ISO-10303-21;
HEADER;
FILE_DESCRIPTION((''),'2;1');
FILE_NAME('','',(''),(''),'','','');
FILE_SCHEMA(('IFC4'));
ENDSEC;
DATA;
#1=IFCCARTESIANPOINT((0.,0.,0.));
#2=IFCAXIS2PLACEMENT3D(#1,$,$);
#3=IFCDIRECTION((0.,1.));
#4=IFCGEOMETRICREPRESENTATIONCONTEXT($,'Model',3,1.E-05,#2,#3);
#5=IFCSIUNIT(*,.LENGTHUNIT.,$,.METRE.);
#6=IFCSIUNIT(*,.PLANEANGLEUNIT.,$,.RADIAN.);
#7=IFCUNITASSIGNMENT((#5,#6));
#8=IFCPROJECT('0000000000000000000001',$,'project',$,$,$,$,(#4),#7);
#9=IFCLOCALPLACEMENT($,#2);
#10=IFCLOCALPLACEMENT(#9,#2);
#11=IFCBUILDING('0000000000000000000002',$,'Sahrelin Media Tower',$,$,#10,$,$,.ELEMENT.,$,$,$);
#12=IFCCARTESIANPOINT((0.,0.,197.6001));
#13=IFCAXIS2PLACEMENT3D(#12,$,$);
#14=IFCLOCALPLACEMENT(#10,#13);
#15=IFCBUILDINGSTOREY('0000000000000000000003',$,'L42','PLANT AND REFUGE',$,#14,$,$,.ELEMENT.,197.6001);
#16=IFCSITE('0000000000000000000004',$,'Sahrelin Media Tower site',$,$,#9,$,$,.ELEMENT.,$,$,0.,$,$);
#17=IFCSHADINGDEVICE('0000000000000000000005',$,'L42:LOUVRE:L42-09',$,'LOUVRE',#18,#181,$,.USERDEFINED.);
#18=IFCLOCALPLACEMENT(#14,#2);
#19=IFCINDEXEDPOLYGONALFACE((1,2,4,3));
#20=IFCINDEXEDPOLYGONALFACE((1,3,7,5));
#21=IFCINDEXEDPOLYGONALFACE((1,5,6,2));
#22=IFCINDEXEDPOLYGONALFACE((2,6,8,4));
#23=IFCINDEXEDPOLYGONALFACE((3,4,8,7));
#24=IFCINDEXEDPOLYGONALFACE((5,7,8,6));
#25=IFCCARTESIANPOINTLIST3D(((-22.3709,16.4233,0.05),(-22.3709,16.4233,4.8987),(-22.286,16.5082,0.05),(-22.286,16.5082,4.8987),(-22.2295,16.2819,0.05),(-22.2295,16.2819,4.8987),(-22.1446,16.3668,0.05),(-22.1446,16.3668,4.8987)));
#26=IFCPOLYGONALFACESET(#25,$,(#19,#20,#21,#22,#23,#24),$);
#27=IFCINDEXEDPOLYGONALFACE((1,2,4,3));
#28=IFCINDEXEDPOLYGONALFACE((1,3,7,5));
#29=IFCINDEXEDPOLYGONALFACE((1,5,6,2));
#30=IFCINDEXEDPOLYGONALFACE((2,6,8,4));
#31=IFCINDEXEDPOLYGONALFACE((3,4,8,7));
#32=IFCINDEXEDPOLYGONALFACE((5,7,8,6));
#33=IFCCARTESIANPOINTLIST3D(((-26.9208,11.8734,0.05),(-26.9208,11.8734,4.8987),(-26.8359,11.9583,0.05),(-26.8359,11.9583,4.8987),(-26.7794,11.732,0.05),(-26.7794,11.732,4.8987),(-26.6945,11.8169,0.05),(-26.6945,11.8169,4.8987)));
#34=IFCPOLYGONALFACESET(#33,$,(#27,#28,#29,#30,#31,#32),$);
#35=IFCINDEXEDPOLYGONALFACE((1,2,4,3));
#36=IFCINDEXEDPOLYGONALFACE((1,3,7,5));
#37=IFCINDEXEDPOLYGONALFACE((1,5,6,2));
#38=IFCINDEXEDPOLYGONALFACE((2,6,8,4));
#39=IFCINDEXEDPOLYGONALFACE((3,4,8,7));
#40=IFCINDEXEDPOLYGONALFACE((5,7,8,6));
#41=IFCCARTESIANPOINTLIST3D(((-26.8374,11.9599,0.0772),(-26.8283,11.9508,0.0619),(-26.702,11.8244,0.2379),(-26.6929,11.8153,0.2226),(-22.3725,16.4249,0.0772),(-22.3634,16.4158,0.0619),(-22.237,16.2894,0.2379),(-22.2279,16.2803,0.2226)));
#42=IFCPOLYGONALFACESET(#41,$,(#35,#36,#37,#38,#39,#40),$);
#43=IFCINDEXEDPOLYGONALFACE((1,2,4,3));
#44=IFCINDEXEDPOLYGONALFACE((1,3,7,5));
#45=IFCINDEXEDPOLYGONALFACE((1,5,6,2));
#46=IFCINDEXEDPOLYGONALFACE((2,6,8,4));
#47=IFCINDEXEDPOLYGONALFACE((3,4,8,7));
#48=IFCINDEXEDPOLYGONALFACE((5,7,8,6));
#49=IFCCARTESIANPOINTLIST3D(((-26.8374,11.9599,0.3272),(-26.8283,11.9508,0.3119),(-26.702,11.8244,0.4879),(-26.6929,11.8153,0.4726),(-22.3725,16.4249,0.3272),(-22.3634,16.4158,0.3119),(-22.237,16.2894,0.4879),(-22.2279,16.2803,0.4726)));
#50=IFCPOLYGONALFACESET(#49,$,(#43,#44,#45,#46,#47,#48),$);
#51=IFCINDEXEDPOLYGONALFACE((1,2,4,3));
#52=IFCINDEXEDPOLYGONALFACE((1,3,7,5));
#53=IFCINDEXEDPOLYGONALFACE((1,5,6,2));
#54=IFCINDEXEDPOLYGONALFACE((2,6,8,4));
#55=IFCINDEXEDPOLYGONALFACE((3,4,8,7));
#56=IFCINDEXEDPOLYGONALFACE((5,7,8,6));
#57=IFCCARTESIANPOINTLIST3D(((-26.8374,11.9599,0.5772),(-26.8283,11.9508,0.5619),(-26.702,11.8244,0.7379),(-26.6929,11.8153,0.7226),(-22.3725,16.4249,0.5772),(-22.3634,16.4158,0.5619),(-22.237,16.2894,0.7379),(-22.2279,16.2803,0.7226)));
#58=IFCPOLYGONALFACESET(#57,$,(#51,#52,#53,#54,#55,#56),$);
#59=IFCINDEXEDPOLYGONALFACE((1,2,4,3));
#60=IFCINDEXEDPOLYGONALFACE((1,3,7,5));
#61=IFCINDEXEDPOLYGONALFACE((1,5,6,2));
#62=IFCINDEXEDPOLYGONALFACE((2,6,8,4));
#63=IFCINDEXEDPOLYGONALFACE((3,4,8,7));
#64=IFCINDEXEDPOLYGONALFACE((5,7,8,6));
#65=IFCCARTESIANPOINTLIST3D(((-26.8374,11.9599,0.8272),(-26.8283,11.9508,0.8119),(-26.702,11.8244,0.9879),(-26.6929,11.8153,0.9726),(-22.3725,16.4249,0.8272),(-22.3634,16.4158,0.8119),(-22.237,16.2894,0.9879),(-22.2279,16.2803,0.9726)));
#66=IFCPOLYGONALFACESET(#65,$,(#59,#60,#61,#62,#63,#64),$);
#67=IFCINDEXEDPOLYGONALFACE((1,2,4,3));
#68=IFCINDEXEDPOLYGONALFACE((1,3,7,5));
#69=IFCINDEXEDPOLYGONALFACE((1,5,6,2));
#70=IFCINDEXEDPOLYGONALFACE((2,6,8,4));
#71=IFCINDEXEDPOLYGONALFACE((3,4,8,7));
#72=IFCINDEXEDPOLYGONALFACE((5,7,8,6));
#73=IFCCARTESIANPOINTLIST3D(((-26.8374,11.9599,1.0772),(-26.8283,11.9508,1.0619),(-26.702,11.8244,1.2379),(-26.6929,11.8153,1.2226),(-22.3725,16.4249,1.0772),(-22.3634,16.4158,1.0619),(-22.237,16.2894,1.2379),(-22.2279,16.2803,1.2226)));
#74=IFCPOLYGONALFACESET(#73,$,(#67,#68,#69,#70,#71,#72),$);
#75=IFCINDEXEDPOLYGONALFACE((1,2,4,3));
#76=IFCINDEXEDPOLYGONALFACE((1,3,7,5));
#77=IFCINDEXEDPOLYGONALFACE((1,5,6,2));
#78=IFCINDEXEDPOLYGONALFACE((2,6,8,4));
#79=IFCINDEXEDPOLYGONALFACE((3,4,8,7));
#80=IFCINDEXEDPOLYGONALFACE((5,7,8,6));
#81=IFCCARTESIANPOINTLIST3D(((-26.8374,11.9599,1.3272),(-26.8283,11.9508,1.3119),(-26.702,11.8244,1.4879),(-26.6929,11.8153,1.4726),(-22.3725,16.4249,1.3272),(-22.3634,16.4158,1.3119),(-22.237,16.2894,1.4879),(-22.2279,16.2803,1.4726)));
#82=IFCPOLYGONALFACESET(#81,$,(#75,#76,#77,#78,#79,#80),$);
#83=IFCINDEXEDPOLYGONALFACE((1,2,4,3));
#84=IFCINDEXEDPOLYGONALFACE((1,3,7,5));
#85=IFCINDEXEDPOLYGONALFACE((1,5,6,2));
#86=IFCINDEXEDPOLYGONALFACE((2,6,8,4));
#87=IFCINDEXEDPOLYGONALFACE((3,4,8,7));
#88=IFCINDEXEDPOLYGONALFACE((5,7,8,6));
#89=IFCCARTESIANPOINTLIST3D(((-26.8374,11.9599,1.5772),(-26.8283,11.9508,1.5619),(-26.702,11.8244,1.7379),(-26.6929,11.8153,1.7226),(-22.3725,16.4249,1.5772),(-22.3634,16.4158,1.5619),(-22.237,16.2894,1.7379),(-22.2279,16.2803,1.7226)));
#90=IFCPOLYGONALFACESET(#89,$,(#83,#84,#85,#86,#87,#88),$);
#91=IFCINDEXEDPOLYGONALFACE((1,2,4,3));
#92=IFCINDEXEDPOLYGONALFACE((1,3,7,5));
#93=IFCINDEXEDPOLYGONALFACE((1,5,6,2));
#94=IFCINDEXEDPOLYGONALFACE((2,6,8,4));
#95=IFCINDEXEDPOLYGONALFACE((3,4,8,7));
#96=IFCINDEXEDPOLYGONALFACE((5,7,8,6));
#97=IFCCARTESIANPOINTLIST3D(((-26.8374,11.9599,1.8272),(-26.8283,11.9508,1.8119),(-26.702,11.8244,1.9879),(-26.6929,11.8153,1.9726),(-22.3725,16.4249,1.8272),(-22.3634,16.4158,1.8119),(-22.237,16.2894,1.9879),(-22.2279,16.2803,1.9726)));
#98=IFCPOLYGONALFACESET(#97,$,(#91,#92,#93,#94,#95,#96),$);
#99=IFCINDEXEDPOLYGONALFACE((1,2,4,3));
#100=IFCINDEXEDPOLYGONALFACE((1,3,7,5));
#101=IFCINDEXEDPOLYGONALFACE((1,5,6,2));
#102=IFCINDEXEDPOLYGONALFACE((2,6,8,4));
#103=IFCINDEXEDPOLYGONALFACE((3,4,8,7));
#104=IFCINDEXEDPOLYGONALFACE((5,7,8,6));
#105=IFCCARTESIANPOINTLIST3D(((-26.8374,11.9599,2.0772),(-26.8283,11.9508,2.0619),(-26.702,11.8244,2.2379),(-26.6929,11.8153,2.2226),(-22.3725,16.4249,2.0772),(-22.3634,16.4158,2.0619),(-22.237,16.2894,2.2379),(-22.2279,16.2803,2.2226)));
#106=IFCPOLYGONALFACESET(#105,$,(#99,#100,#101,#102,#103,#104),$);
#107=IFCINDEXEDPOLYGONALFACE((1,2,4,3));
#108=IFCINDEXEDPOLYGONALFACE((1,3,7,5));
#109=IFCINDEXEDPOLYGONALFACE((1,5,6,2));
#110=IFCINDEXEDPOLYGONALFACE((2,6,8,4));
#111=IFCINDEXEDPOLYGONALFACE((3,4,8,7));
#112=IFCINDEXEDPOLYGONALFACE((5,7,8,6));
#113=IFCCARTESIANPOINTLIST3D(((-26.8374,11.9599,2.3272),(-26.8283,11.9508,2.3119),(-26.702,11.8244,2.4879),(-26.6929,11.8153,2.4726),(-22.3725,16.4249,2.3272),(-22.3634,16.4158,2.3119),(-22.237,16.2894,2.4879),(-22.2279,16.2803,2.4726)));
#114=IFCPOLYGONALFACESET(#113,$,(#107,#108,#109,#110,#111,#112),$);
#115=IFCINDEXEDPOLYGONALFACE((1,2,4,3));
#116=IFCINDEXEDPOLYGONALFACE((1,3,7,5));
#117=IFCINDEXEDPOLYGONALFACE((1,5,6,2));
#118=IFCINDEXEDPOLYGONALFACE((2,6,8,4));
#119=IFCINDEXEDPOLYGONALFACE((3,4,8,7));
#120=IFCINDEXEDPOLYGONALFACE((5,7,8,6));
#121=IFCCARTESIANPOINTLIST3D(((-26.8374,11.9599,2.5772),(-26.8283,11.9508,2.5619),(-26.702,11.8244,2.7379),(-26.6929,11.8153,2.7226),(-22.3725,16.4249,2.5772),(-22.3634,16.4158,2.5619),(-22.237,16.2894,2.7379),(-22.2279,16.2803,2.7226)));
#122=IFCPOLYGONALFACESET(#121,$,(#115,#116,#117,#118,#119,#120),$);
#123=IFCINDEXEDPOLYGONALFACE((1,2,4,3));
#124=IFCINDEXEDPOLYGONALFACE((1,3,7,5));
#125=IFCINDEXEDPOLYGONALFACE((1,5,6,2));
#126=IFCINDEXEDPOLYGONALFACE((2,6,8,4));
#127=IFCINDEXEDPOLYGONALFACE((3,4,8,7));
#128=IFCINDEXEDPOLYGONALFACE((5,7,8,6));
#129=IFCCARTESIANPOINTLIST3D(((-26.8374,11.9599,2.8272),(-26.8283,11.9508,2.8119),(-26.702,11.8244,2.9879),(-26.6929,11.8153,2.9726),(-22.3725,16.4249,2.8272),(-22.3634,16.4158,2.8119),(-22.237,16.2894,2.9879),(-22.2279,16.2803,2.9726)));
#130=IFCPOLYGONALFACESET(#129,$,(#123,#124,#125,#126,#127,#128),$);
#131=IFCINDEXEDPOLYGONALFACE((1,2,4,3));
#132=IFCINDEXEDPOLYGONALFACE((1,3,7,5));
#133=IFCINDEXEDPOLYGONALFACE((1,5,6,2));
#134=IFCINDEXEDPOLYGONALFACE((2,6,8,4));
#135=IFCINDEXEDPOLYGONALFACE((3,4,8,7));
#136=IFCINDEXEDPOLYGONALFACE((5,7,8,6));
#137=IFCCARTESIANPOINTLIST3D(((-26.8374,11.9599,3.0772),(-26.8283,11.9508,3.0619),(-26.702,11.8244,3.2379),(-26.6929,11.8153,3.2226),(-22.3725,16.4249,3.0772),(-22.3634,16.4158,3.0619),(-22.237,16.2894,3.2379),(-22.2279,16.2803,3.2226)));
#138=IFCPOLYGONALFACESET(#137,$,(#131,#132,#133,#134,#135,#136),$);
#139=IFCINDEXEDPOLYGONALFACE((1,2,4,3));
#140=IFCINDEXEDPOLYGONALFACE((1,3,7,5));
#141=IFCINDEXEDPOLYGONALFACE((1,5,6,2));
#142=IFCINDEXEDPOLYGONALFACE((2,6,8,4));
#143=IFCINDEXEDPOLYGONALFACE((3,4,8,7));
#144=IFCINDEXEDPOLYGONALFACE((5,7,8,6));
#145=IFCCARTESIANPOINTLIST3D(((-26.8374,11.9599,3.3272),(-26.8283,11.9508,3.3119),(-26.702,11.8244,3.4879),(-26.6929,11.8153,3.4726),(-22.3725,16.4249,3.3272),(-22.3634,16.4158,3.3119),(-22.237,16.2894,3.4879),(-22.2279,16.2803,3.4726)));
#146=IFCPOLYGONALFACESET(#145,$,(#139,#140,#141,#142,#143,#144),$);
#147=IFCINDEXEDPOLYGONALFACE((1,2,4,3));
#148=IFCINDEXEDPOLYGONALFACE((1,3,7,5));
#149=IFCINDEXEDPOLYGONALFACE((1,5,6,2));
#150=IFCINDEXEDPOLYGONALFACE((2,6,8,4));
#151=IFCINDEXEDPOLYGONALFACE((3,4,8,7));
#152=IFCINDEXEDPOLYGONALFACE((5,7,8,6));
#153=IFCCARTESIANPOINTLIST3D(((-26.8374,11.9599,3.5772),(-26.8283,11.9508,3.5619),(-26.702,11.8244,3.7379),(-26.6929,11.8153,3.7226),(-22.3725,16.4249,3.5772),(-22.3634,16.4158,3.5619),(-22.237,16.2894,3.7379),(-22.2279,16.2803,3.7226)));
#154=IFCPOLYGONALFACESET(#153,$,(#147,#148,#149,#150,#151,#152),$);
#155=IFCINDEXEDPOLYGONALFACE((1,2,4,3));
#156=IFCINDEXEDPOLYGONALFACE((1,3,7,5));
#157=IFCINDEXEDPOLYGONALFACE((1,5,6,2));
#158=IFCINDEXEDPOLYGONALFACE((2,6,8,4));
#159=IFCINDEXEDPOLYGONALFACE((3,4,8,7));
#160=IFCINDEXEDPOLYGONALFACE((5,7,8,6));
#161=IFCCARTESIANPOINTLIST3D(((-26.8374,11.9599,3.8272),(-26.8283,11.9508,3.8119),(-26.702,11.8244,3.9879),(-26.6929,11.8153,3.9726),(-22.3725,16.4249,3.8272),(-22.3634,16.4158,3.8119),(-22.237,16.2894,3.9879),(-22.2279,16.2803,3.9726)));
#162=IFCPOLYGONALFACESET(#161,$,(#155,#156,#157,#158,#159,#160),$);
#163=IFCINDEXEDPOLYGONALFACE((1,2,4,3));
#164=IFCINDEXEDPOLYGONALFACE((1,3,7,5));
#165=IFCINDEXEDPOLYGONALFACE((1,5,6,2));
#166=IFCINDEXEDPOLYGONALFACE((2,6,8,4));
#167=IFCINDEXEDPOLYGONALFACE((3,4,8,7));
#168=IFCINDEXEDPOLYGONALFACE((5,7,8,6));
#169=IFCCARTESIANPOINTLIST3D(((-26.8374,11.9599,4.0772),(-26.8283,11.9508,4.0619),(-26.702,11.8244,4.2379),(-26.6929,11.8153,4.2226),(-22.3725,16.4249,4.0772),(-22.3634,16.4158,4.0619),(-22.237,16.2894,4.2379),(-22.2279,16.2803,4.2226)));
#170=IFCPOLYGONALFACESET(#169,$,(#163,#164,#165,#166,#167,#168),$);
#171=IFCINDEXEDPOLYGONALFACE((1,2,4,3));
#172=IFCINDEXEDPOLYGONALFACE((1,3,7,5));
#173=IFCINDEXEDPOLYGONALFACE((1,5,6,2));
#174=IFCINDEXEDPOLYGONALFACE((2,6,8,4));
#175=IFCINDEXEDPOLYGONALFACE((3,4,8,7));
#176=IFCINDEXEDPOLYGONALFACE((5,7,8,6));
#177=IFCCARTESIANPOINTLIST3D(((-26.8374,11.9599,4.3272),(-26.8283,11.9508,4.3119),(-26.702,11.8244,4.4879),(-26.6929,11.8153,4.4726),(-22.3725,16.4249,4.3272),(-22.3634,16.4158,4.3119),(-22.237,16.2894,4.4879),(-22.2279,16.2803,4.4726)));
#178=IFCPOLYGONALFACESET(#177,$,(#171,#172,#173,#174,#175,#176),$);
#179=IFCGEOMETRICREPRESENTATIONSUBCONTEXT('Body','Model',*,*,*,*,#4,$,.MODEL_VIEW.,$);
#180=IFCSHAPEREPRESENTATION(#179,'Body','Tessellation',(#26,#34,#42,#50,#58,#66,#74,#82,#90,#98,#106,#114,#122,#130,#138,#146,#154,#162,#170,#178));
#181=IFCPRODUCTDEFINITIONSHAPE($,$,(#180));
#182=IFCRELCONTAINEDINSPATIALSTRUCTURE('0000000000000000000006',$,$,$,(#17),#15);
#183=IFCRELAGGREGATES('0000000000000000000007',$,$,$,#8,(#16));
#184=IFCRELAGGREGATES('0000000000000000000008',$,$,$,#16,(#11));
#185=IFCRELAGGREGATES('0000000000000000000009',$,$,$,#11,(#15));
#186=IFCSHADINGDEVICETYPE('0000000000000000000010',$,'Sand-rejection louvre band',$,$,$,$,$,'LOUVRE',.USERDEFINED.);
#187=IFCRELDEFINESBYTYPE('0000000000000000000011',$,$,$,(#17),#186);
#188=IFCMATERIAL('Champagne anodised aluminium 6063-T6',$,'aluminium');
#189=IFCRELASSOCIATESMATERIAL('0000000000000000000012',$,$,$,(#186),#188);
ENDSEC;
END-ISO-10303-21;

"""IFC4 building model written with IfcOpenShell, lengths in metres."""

from ifc_helpers import new_model, si_unit, direction, frame, origin, origin_2d, place, context, subcontext, project, spatial, rectangle, extrude, material, type_object, element, save


model = new_model("IFC4")

# Units and contexts
model_context = context("Model", 3, precision=1e-05, world=origin(), true_north=direction((0.0, 1.0)))
body_context = subcontext(model_context, "Body", "Model", "MODEL_VIEW")
ifc_project = project(units=[si_unit("LENGTHUNIT", "METRE"), si_unit("PLANEANGLEUNIT", "RADIAN")], contexts=[model_context])

# Site, building, storey
site_placement = place(None, origin())
site = spatial("IfcSite", under=ifc_project, at=site_placement, Name="Sahrelin Media Tower site", CompositionType="ELEMENT", RefElevation=0.0)
building_placement = place(site_placement, origin())
building = spatial("IfcBuilding", under=site, at=building_placement, Name="Sahrelin Media Tower", CompositionType="ELEMENT")
storey_placement = place(building_placement, frame((0.0, 0.0, 197.6001)))
storey = spatial("IfcBuildingStorey", under=building, at=storey_placement, Name="L42", Description="PLANT AND REFUGE", CompositionType="ELEMENT", Elevation=197.6001)

# Shading device
ifc_material_1 = material(Name="Champagne anodised aluminium 6063-T6", Category="aluminium")
shading_device_type = type_object("IfcShadingDeviceType", Name="Sand-rejection louvre band", ElementType="LOUVRE", PredefinedType="USERDEFINED", material=ifc_material_1)
shading_device_1_placement = place(storey_placement, frame((-24.4619, 14.0493, 0.0), z_axis=(0.0, 0.0, 1.0), x_axis=(0.707107, 0.707107, 0.0)))
element("IfcShadingDevice", 1, at=shading_device_1_placement, inside=storey, type_object=shading_device_type, Name="L42:LOUVRE:L42-09", ObjectType="LOUVRE", PredefinedType="USERDEFINED", context=body_context, shape_type="SweptSolid", body=[
    extrude(rectangle(XDim=0.1201, YDim=0.2, at=origin_2d()), frame((3.2173, 0.1001, 0.05), z_axis=(0.0, 0.0, 1.0), x_axis=(1.0, 0.0, 0.0)), (0.0, 0.0, 1.0), 4.8486),
    extrude(rectangle(XDim=0.1201, YDim=0.2, at=origin_2d()), frame((-3.2173, 0.1001, 0.05), z_axis=(0.0, 0.0, 1.0), x_axis=(1.0, 0.0, 0.0)), (0.0, 0.0, 1.0), 4.8486),
    extrude(rectangle(XDim=0.25, YDim=0.02, at=origin_2d()), frame((3.1572, 0.1001, 0.1499), z_axis=(-1.0, 0.0, 0.0), x_axis=(0.0, -0.766044, 0.642788)), (0.0, 0.0, 1.0), 6.3145),
    extrude(rectangle(XDim=0.25, YDim=0.02, at=origin_2d()), frame((3.1572, 0.1001, 0.3999), z_axis=(-1.0, 0.0, 0.0), x_axis=(0.0, -0.766044, 0.642788)), (0.0, 0.0, 1.0), 6.3145),
    extrude(rectangle(XDim=0.25, YDim=0.02, at=origin_2d()), frame((3.1572, 0.1001, 0.6499), z_axis=(-1.0, 0.0, 0.0), x_axis=(0.0, -0.766044, 0.642788)), (0.0, 0.0, 1.0), 6.3145),
    extrude(rectangle(XDim=0.25, YDim=0.02, at=origin_2d()), frame((3.1572, 0.1001, 0.8999), z_axis=(-1.0, 0.0, 0.0), x_axis=(0.0, -0.766044, 0.642788)), (0.0, 0.0, 1.0), 6.3145),
    extrude(rectangle(XDim=0.25, YDim=0.02, at=origin_2d()), frame((3.1572, 0.1001, 1.1499), z_axis=(-1.0, 0.0, 0.0), x_axis=(0.0, -0.766044, 0.642788)), (0.0, 0.0, 1.0), 6.3145),
    extrude(rectangle(XDim=0.25, YDim=0.02, at=origin_2d()), frame((3.1572, 0.1001, 1.3999), z_axis=(-1.0, 0.0, 0.0), x_axis=(0.0, -0.766044, 0.642788)), (0.0, 0.0, 1.0), 6.3145),
    extrude(rectangle(XDim=0.25, YDim=0.02, at=origin_2d()), frame((3.1572, 0.1001, 1.6499), z_axis=(-1.0, 0.0, 0.0), x_axis=(0.0, -0.766044, 0.642788)), (0.0, 0.0, 1.0), 6.3145),
    extrude(rectangle(XDim=0.25, YDim=0.02, at=origin_2d()), frame((3.1572, 0.1001, 1.8999), z_axis=(-1.0, 0.0, 0.0), x_axis=(0.0, -0.766044, 0.642788)), (0.0, 0.0, 1.0), 6.3145),
    extrude(rectangle(XDim=0.25, YDim=0.02, at=origin_2d()), frame((3.1572, 0.1001, 2.1499), z_axis=(-1.0, 0.0, 0.0), x_axis=(0.0, -0.766044, 0.642788)), (0.0, 0.0, 1.0), 6.3145),
    extrude(rectangle(XDim=0.25, YDim=0.02, at=origin_2d()), frame((3.1572, 0.1001, 2.3999), z_axis=(-1.0, 0.0, 0.0), x_axis=(0.0, -0.766044, 0.642788)), (0.0, 0.0, 1.0), 6.3145),
    extrude(rectangle(XDim=0.25, YDim=0.02, at=origin_2d()), frame((3.1572, 0.1001, 2.6499), z_axis=(-1.0, 0.0, 0.0), x_axis=(0.0, -0.766044, 0.642788)), (0.0, 0.0, 1.0), 6.3145),
    extrude(rectangle(XDim=0.25, YDim=0.02, at=origin_2d()), frame((3.1572, 0.1001, 2.8999), z_axis=(-1.0, 0.0, 0.0), x_axis=(0.0, -0.766044, 0.642788)), (0.0, 0.0, 1.0), 6.3145),
    extrude(rectangle(XDim=0.25, YDim=0.02, at=origin_2d()), frame((3.1572, 0.1001, 3.1499), z_axis=(-1.0, 0.0, 0.0), x_axis=(0.0, -0.766044, 0.642788)), (0.0, 0.0, 1.0), 6.3145),
    extrude(rectangle(XDim=0.25, YDim=0.02, at=origin_2d()), frame((3.1572, 0.1001, 3.3999), z_axis=(-1.0, 0.0, 0.0), x_axis=(0.0, -0.766044, 0.642788)), (0.0, 0.0, 1.0), 6.3145),
    extrude(rectangle(XDim=0.25, YDim=0.02, at=origin_2d()), frame((3.1572, 0.1001, 3.6499), z_axis=(-1.0, 0.0, 0.0), x_axis=(0.0, -0.766044, 0.642788)), (0.0, 0.0, 1.0), 6.3145),
    extrude(rectangle(XDim=0.25, YDim=0.02, at=origin_2d()), frame((3.1572, 0.1001, 3.8999), z_axis=(-1.0, 0.0, 0.0), x_axis=(0.0, -0.766044, 0.642788)), (0.0, 0.0, 1.0), 6.3145),
    extrude(rectangle(XDim=0.25, YDim=0.02, at=origin_2d()), frame((3.1572, 0.1001, 4.1499), z_axis=(-1.0, 0.0, 0.0), x_axis=(0.0, -0.766044, 0.642788)), (0.0, 0.0, 1.0), 6.3145),
    extrude(rectangle(XDim=0.25, YDim=0.02, at=origin_2d()), frame((3.1572, 0.1001, 4.3999), z_axis=(-1.0, 0.0, 0.0), x_axis=(0.0, -0.766044, 0.642788)), (0.0, 0.0, 1.0), 6.3145),
])

save(model, "model.ifc")
